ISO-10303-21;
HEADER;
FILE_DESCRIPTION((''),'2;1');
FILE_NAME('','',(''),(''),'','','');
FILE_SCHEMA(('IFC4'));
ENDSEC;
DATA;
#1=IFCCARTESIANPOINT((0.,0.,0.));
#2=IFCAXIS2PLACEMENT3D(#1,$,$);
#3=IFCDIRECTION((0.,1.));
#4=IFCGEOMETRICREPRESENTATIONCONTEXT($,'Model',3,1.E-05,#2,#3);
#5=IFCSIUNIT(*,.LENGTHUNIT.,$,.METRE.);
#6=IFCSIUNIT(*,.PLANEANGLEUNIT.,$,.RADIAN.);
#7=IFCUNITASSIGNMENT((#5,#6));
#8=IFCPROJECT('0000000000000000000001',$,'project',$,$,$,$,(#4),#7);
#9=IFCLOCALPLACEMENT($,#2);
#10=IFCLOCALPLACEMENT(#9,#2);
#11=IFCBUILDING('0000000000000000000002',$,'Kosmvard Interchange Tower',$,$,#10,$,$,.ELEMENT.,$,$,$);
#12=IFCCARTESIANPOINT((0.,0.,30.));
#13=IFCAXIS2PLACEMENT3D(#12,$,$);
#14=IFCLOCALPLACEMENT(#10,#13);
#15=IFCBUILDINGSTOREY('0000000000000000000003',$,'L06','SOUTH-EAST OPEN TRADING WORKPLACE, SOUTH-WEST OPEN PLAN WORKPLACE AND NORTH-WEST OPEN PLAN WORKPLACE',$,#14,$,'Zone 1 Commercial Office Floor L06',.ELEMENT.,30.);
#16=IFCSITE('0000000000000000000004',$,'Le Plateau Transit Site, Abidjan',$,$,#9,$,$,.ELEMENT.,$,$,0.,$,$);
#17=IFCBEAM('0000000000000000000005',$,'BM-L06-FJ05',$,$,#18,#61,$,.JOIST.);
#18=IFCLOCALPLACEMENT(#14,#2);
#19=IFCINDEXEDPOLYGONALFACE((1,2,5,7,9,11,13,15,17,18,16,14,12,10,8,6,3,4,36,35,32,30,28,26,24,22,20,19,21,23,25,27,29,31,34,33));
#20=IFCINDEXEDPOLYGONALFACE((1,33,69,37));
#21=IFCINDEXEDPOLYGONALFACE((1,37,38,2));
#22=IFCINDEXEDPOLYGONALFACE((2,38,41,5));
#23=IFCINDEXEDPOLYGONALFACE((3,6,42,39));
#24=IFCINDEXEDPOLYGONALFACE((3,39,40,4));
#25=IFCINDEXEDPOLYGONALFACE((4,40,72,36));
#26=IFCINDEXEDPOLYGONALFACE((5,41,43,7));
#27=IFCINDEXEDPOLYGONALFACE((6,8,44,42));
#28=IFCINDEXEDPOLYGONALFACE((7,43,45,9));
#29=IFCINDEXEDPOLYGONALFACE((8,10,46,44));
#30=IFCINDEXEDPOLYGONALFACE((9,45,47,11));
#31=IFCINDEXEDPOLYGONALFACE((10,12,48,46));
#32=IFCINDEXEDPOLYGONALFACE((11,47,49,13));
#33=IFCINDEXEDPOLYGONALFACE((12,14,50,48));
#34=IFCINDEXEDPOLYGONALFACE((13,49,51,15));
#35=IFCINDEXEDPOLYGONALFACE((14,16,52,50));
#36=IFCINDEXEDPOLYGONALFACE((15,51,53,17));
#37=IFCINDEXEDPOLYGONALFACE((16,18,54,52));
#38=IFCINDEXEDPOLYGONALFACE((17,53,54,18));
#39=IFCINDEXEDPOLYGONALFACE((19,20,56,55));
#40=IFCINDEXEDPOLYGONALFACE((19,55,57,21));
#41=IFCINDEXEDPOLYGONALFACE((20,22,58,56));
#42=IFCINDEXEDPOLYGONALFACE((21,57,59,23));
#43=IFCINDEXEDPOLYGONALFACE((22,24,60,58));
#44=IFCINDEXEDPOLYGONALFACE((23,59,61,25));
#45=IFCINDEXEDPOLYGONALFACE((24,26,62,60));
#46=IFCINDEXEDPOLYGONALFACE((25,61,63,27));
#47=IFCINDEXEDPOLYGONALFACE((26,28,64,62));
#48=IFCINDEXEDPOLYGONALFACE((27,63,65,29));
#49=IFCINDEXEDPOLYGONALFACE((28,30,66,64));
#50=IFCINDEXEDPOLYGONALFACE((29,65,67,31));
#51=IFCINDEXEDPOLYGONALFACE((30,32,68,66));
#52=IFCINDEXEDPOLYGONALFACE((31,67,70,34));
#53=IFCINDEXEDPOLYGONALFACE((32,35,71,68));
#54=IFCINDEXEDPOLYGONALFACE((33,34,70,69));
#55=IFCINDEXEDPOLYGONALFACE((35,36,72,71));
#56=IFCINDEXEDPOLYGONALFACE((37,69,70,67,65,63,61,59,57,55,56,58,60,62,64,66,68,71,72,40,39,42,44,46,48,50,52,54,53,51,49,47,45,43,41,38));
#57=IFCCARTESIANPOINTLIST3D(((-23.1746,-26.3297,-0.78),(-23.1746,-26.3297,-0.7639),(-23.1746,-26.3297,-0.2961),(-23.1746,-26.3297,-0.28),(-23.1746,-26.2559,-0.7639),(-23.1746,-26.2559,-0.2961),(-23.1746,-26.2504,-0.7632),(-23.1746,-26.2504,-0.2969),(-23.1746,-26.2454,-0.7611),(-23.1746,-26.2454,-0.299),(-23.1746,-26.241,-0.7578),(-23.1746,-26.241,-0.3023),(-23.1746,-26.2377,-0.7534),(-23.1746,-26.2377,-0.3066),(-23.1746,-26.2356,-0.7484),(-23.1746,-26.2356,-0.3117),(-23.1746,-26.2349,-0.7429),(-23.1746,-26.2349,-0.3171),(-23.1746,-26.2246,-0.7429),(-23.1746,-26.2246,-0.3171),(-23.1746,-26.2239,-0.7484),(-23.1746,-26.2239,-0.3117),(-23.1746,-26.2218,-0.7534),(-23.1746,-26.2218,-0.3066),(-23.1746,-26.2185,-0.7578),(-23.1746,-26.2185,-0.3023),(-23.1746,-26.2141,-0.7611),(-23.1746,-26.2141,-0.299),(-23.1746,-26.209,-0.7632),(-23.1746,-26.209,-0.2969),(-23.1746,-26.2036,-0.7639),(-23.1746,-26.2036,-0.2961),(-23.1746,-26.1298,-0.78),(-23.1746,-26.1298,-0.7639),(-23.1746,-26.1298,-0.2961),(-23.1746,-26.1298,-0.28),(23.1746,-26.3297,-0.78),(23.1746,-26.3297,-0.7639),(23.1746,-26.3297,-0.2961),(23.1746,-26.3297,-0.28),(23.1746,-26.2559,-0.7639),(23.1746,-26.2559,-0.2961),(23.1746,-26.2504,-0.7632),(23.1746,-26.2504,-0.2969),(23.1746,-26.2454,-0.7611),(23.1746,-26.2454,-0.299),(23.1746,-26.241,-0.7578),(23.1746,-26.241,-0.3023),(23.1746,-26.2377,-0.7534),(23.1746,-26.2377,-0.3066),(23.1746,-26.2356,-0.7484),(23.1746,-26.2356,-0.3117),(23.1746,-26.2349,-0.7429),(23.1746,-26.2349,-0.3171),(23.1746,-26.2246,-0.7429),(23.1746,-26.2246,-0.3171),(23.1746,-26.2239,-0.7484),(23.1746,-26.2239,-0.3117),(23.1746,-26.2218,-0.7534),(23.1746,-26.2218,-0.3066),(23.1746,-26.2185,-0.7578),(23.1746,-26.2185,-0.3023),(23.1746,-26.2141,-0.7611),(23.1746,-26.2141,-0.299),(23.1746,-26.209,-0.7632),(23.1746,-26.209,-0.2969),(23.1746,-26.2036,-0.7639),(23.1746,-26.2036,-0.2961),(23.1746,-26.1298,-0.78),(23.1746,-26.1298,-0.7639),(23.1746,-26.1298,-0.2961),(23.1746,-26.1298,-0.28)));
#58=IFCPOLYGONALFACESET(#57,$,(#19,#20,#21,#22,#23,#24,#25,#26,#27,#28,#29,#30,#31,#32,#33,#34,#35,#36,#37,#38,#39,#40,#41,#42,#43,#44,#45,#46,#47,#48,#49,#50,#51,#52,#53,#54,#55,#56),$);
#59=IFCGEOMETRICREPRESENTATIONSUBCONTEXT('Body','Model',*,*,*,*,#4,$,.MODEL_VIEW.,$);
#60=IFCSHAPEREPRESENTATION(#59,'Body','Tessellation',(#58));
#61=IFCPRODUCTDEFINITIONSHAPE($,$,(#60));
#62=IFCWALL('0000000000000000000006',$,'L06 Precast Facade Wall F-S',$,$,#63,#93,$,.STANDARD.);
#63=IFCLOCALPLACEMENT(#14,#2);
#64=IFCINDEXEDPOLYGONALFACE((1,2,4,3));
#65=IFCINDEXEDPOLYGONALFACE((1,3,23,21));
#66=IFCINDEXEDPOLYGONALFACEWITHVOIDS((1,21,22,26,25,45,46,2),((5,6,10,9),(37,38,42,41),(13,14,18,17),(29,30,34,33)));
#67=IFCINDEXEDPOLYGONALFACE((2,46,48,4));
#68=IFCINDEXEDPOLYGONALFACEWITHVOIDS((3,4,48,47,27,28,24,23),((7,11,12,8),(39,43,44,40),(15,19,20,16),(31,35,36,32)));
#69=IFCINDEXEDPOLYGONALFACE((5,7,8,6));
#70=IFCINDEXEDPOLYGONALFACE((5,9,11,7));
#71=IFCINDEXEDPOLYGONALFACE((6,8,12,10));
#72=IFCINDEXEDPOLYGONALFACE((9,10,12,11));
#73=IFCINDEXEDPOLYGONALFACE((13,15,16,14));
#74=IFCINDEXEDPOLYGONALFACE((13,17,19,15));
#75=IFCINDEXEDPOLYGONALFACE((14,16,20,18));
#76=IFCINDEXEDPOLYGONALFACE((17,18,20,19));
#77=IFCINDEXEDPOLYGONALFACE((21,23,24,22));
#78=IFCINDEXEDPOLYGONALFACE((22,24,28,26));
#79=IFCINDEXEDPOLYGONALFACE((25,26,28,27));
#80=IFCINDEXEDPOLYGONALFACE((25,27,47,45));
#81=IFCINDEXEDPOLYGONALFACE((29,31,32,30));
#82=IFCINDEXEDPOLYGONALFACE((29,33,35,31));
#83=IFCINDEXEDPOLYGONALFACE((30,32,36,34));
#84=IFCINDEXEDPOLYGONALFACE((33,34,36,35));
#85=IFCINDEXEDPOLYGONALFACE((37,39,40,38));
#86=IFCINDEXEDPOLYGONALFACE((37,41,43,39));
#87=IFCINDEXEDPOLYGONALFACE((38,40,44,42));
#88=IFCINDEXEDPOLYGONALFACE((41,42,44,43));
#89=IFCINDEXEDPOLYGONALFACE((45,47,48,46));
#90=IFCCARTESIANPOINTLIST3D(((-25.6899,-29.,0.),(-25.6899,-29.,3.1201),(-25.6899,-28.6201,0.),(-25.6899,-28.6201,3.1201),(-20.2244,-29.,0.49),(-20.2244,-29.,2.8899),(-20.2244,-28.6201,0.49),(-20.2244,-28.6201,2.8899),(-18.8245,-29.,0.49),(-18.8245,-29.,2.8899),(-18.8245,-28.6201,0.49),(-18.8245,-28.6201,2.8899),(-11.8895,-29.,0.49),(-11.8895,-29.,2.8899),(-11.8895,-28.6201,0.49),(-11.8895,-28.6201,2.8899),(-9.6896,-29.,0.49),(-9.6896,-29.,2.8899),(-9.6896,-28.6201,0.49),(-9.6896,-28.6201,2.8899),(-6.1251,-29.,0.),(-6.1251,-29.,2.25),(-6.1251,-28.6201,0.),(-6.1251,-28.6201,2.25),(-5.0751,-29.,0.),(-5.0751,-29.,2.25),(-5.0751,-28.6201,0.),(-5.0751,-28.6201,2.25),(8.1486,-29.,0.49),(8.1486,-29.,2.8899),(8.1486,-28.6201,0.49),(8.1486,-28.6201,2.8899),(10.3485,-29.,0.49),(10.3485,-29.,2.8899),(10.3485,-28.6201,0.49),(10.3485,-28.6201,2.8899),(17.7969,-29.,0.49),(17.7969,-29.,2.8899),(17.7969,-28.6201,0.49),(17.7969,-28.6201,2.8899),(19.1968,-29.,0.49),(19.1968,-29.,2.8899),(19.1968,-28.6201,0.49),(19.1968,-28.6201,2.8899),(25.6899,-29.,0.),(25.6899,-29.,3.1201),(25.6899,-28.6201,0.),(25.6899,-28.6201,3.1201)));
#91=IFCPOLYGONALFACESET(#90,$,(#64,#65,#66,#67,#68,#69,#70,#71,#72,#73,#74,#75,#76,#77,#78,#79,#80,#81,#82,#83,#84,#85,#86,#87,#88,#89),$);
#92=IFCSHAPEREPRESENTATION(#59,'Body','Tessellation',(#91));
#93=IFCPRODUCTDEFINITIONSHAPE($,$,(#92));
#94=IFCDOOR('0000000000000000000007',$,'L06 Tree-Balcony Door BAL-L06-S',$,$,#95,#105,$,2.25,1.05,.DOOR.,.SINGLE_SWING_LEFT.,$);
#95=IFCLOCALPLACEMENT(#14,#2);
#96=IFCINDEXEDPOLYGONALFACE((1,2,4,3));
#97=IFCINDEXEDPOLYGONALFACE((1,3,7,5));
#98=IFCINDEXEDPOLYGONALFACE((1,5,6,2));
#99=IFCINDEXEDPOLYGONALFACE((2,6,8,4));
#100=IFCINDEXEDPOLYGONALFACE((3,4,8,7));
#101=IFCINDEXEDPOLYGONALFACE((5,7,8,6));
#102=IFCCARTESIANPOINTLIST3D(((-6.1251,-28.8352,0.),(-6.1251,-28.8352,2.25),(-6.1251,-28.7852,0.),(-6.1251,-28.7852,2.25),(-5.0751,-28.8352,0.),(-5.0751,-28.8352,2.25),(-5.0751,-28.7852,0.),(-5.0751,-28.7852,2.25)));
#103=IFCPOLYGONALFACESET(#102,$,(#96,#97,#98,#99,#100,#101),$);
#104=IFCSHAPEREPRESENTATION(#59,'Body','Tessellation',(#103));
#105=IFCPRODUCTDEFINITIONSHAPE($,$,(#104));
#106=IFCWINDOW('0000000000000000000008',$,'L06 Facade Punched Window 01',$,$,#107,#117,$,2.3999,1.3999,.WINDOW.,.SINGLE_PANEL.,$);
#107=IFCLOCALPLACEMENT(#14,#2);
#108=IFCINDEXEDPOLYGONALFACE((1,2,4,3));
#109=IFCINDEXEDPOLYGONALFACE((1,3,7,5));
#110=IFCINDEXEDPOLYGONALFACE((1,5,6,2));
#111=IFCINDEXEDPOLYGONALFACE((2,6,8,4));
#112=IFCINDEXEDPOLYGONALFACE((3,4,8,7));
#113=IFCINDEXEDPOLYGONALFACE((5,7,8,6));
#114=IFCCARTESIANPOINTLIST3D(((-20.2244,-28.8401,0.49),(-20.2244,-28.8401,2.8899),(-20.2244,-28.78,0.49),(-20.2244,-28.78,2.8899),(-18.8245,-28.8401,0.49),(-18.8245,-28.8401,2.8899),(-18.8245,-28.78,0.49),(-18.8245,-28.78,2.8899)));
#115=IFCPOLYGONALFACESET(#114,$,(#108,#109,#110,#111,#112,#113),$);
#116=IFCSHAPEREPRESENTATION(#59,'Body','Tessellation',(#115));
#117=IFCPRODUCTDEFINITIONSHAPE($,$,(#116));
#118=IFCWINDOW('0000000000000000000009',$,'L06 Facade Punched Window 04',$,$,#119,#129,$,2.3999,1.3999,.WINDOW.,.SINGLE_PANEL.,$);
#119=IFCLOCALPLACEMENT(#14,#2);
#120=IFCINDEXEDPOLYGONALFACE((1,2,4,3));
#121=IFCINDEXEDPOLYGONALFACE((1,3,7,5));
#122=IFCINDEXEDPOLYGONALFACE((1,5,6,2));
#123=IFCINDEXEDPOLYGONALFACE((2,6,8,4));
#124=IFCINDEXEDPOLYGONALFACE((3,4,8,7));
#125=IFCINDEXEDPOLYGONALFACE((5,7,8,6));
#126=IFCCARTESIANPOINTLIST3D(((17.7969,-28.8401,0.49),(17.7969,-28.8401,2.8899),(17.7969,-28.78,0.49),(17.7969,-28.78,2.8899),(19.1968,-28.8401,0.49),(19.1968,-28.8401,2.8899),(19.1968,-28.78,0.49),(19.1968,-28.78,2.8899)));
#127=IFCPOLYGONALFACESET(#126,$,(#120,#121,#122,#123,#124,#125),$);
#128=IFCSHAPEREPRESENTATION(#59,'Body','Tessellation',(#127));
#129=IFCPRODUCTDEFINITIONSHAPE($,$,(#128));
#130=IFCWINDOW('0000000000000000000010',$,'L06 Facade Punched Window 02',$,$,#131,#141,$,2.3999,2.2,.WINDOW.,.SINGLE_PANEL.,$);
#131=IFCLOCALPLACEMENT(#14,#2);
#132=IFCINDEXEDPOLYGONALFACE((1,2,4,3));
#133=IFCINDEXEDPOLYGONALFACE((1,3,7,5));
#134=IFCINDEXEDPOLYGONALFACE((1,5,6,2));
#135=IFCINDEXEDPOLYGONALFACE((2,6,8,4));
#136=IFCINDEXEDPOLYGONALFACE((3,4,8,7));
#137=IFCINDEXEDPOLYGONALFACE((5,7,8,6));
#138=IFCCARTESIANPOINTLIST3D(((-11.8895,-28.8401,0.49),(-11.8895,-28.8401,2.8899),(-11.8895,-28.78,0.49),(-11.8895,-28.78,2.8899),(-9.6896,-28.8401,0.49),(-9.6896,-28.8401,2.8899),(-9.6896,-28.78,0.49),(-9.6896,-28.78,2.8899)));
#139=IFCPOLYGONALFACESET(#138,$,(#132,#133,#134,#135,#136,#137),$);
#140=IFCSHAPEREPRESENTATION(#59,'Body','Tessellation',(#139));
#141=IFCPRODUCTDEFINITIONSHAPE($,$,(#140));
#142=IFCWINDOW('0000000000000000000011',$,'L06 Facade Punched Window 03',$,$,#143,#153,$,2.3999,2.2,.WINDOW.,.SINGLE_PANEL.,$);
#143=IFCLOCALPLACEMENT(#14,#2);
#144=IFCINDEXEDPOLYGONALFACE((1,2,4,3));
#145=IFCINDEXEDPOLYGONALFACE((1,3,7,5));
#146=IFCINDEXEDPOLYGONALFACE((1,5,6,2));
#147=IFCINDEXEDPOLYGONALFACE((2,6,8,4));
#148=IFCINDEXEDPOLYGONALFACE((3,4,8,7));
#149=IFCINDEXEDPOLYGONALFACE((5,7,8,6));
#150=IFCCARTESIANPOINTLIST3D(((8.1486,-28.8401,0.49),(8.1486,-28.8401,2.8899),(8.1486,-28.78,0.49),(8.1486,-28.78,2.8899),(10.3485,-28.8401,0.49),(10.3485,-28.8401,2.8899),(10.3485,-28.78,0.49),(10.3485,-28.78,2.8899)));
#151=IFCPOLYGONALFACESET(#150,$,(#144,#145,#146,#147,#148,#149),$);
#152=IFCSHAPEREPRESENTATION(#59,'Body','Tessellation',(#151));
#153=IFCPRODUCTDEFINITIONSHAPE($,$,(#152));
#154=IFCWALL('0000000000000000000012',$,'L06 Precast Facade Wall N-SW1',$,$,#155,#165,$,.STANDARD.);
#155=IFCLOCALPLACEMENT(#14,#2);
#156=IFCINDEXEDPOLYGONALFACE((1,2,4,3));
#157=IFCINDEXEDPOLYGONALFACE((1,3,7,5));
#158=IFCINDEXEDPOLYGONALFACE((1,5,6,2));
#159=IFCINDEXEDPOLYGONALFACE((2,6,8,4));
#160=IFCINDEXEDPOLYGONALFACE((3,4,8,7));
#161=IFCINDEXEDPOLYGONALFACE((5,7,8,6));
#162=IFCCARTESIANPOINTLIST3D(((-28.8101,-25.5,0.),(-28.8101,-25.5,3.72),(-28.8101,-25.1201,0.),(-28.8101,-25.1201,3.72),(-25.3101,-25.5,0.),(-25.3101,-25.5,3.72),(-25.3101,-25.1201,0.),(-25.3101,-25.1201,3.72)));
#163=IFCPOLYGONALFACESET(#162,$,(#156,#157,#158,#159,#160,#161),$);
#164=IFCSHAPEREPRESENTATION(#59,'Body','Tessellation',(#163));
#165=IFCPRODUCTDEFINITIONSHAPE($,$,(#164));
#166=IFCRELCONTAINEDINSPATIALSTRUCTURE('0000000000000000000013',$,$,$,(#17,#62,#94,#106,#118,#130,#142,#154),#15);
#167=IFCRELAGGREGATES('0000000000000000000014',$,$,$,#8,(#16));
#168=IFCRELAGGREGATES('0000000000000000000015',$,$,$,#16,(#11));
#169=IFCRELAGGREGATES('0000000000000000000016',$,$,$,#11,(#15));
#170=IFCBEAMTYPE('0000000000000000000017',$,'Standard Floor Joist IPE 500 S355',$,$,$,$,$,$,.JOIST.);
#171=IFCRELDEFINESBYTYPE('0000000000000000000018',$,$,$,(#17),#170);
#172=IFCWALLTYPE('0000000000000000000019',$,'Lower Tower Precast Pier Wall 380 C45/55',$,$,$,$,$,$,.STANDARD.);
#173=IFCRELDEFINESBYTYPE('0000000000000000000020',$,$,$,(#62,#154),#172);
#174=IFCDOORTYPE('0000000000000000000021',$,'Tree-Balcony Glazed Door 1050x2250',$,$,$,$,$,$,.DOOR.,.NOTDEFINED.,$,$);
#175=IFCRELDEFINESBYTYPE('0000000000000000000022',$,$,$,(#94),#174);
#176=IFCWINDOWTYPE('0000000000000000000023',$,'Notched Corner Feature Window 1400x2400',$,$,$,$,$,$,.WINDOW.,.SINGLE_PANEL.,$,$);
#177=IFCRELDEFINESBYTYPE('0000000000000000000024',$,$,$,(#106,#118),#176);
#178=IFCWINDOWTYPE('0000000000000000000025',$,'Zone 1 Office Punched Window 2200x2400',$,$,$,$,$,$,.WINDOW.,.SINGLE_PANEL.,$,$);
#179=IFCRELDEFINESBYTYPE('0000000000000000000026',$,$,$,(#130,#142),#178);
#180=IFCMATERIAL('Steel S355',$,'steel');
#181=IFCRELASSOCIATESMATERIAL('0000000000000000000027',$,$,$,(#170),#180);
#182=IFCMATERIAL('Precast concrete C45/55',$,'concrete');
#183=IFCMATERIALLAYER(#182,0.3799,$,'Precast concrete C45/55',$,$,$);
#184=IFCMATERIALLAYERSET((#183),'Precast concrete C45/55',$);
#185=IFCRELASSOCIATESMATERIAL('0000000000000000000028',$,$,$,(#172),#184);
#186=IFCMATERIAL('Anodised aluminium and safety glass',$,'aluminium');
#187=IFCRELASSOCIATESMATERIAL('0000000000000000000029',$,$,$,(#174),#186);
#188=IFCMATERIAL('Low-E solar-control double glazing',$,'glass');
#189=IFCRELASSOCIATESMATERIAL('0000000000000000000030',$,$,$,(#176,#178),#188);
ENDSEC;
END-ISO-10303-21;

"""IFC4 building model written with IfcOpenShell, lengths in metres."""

from ifc_helpers import new_model, si_unit, direction, frame, frame_2d, origin, origin_2d, place, context, subcontext, project, spatial, rectangle, i_section, extrude, source, transform, mapped, material, layer, layer_set, material_profile, profile_set, type_object, element, fill, save


model = new_model("IFC4")

# Units and contexts
model_context = context("Model", 3, precision=1e-05, world=origin(), true_north=direction((0.0, 1.0)))
body_context = subcontext(model_context, "Body", "Model", "MODEL_VIEW")
ifc_project = project(units=[si_unit("LENGTHUNIT", "METRE"), si_unit("PLANEANGLEUNIT", "RADIAN")], contexts=[model_context])

# Site, building, storey
site_placement = place(None, origin())
site = spatial("IfcSite", under=ifc_project, at=site_placement, Name="Le Plateau Transit Site, Abidjan", CompositionType="ELEMENT", RefElevation=0.0)
building_placement = place(site_placement, origin())
building = spatial("IfcBuilding", under=site, at=building_placement, Name="Kosmvard Interchange Tower", CompositionType="ELEMENT")
storey_placement = place(building_placement, frame((0.0, 0.0, 30.0)))
storey = spatial("IfcBuildingStorey", under=building, at=storey_placement, Name="L06", Description="SOUTH-EAST OPEN TRADING WORKPLACE, SOUTH-WEST OPEN PLAN WORKPLACE AND NORTH-WEST OPEN PLAN WORKPLACE", LongName="Zone 1 Commercial Office Floor L06", CompositionType="ELEMENT", Elevation=30.0)

# Beam
ifc_material_1 = material(Name="Steel S355", Category="steel")
ifc_material_2 = material(Name="Precast concrete C45/55", Category="concrete")
ifc_material_profile_1 = material_profile(ifc_material_1, i_section(OverallWidth=0.2, OverallDepth=0.5, WebThickness=0.0103, FlangeThickness=0.0161, FilletRadius=0.021, at=origin_2d()), Name="IPE 500")
ifc_profile_set_1 = profile_set([ifc_material_profile_1], Name="Steel S355")
beam_type_1 = type_object("IfcBeamType", Name="Standard Floor Joist IPE 500 S355", PredefinedType="JOIST", material=ifc_profile_set_1)
shared_shape_1 = source(origin(), body_context, "Body", "SweptSolid", [
    extrude(i_section(OverallWidth=0.2, OverallDepth=0.5, WebThickness=0.0103, FlangeThickness=0.0161, FilletRadius=0.021, at=origin_2d()), origin(), (0.0, 0.0, 1.0), 46.3491),
])
beam_1_placement = place(storey_placement, frame((-23.1746, -26.2297, -0.53), z_axis=(1.0, 0.0, 0.0), x_axis=(0.0, 1.0, 0.0)))
element("IfcBeam", 1, at=beam_1_placement, inside=storey, type_object=beam_type_1, Name="BM-L06-FJ05", PredefinedType="JOIST", context=body_context, shape_type="MappedRepresentation", body=[
    mapped(shared_shape_1, transform((0.0, 0.0, 0.0), scale=1.0)),
])

# Wall, openings, door, windows
ifc_layer_1 = layer(ifc_material_2, 0.3799, Name="Precast concrete C45/55")
ifc_layer_set_1 = layer_set([ifc_layer_1], Name="Precast concrete C45/55")
wall_type_1 = type_object("IfcWallType", Name="Lower Tower Precast Pier Wall 380 C45/55", PredefinedType="STANDARD", material=ifc_layer_set_1)
wall_1_placement = place(storey_placement, frame((-25.6899, -28.8101, 0.0), z_axis=(0.0, 0.0, 1.0), x_axis=(1.0, 0.0, 0.0)))
wall_1 = element("IfcWall", 2, at=wall_1_placement, inside=storey, type_object=wall_type_1, Name="L06 Precast Facade Wall F-S", PredefinedType="STANDARD", context=body_context, shape_type="SweptSolid", body=[
    extrude(rectangle(XDim=51.3799, YDim=0.3799, at=frame_2d((25.6899, 0.0))), origin(), (0.0, 0.0, 1.0), 3.1201),
])
opening_1_placement = place(wall_1_placement, frame((19.5649, 0.0, 0.0)))
opening_1 = element("IfcOpeningElement", 3, at=opening_1_placement, cuts=wall_1, PredefinedType="OPENING", context=body_context, shape_type="SweptSolid", body=[
    extrude(rectangle(XDim=1.05, YDim=2.25, at=frame_2d((0.5249, 1.125))), frame((0.0, 0.2, 0.0), z_axis=(0.0, -1.0, 0.0), x_axis=(1.0, 0.0, 0.0)), (0.0, 0.0, 1.0), 0.3999),
])
opening_2_placement = place(wall_1_placement, frame((5.4656, 0.0, 0.49)))
opening_2 = element("IfcOpeningElement", 4, at=opening_2_placement, cuts=wall_1, PredefinedType="OPENING", context=body_context, shape_type="SweptSolid", body=[
    extrude(rectangle(XDim=1.3999, YDim=2.3999, at=frame_2d((0.7, 1.2))), frame((0.0, 0.2, 0.0), z_axis=(0.0, -1.0, 0.0), x_axis=(1.0, 0.0, 0.0)), (0.0, 0.0, 1.0), 0.3999),
])
opening_3_placement = place(wall_1_placement, frame((13.8003, 0.0, 0.49)))
opening_3 = element("IfcOpeningElement", 5, at=opening_3_placement, cuts=wall_1, PredefinedType="OPENING", context=body_context, shape_type="SweptSolid", body=[
    extrude(rectangle(XDim=2.2, YDim=2.3999, at=frame_2d((1.1001, 1.2))), frame((0.0, 0.2, 0.0), z_axis=(0.0, -1.0, 0.0), x_axis=(1.0, 0.0, 0.0)), (0.0, 0.0, 1.0), 0.3999),
])
opening_4_placement = place(wall_1_placement, frame((33.8384, 0.0, 0.49)))
opening_4 = element("IfcOpeningElement", 6, at=opening_4_placement, cuts=wall_1, PredefinedType="OPENING", context=body_context, shape_type="SweptSolid", body=[
    extrude(rectangle(XDim=2.2, YDim=2.3999, at=frame_2d((1.1001, 1.2))), frame((0.0, 0.2, 0.0), z_axis=(0.0, -1.0, 0.0), x_axis=(1.0, 0.0, 0.0)), (0.0, 0.0, 1.0), 0.3999),
])
opening_5_placement = place(wall_1_placement, frame((43.4868, 0.0, 0.49)))
opening_5 = element("IfcOpeningElement", 7, at=opening_5_placement, cuts=wall_1, PredefinedType="OPENING", context=body_context, shape_type="SweptSolid", body=[
    extrude(rectangle(XDim=1.3999, YDim=2.3999, at=frame_2d((0.7, 1.2))), frame((0.0, 0.2, 0.0), z_axis=(0.0, -1.0, 0.0), x_axis=(1.0, 0.0, 0.0)), (0.0, 0.0, 1.0), 0.3999),
])
ifc_material_3 = material(Name="Anodised aluminium and safety glass", Category="aluminium")
door_type = type_object("IfcDoorType", Name="Tree-Balcony Glazed Door 1050x2250", OperationType="NOTDEFINED", PredefinedType="DOOR", material=ifc_material_3)
shared_shape_2 = source(origin(), body_context, "Body", "SweptSolid", [
    extrude(rectangle(XDim=1.05, YDim=2.25, at=frame_2d((0.5249, 1.125))), frame((0.0, 0.0249, 0.0), z_axis=(0.0, -1.0, 0.0), x_axis=(1.0, 0.0, 0.0)), (0.0, 0.0, 1.0), 0.05),
])
door_placement = place(opening_1_placement, origin())
door = element("IfcDoor", 8, at=door_placement, inside=storey, type_object=door_type, Name="L06 Tree-Balcony Door BAL-L06-S", OperationType="SINGLE_SWING_LEFT", OverallHeight=2.25, OverallWidth=1.05, PredefinedType="DOOR", context=body_context, shape_type="MappedRepresentation", body=[
    mapped(shared_shape_2, transform((0.0, 0.0, 0.0), scale=1.0)),
])
fill(opening_1, door)
ifc_material_4 = material(Name="Low-E solar-control double glazing", Category="glass")
window_type_1 = type_object("IfcWindowType", Name="Notched Corner Feature Window 1400x2400", PartitioningType="SINGLE_PANEL", PredefinedType="WINDOW", material=ifc_material_4)
shared_shape_3 = source(origin(), body_context, "Body", "SweptSolid", [
    extrude(rectangle(XDim=1.3999, YDim=2.3999, at=frame_2d((0.7, 1.2))), frame((0.0, 0.03, 0.0), z_axis=(0.0, -1.0, 0.0), x_axis=(1.0, 0.0, 0.0)), (0.0, 0.0, 1.0), 0.0601),
])
window_1_placement = place(opening_2_placement, origin())
window_1 = element("IfcWindow", 9, at=window_1_placement, inside=storey, type_object=window_type_1, Name="L06 Facade Punched Window 01", OverallHeight=2.3999, OverallWidth=1.3999, PartitioningType="SINGLE_PANEL", PredefinedType="WINDOW", context=body_context, shape_type="MappedRepresentation", body=[
    mapped(shared_shape_3, transform((0.0, 0.0, 0.0), scale=1.0)),
])
fill(opening_2, window_1)
window_2_placement = place(opening_5_placement, origin())
window_2 = element("IfcWindow", 10, at=window_2_placement, inside=storey, type_object=window_type_1, Name="L06 Facade Punched Window 04", OverallHeight=2.3999, OverallWidth=1.3999, PartitioningType="SINGLE_PANEL", PredefinedType="WINDOW", context=body_context, shape_type="MappedRepresentation", body=[
    mapped(shared_shape_3, transform((0.0, 0.0, 0.0), scale=1.0)),
])
fill(opening_5, window_2)
window_type_2 = type_object("IfcWindowType", Name="Zone 1 Office Punched Window 2200x2400", PartitioningType="SINGLE_PANEL", PredefinedType="WINDOW", material=ifc_material_4)
shared_shape_4 = source(origin(), body_context, "Body", "SweptSolid", [
    extrude(rectangle(XDim=2.2, YDim=2.3999, at=frame_2d((1.1001, 1.2))), frame((0.0, 0.03, 0.0), z_axis=(0.0, -1.0, 0.0), x_axis=(1.0, 0.0, 0.0)), (0.0, 0.0, 1.0), 0.0601),
])
window_3_placement = place(opening_3_placement, origin())
window_3 = element("IfcWindow", 11, at=window_3_placement, inside=storey, type_object=window_type_2, Name="L06 Facade Punched Window 02", OverallHeight=2.3999, OverallWidth=2.2, PartitioningType="SINGLE_PANEL", PredefinedType="WINDOW", context=body_context, shape_type="MappedRepresentation", body=[
    mapped(shared_shape_4, transform((0.0, 0.0, 0.0), scale=1.0)),
])
fill(opening_3, window_3)
window_4_placement = place(opening_4_placement, origin())
window_4 = element("IfcWindow", 12, at=window_4_placement, inside=storey, type_object=window_type_2, Name="L06 Facade Punched Window 03", OverallHeight=2.3999, OverallWidth=2.2, PartitioningType="SINGLE_PANEL", PredefinedType="WINDOW", context=body_context, shape_type="MappedRepresentation", body=[
    mapped(shared_shape_4, transform((0.0, 0.0, 0.0), scale=1.0)),
])
fill(opening_4, window_4)

# Wall
wall_2_placement = place(storey_placement, frame((-28.8101, -25.3101, 0.0), z_axis=(0.0, 0.0, 1.0), x_axis=(1.0, 0.0, 0.0)))
element("IfcWall", 13, at=wall_2_placement, inside=storey, type_object=wall_type_1, Name="L06 Precast Facade Wall N-SW1", PredefinedType="STANDARD", context=body_context, shape_type="SweptSolid", body=[
    extrude(rectangle(XDim=3.5, YDim=0.3799, at=frame_2d((1.75, 0.0))), origin(), (0.0, 0.0, 1.0), 3.72),
])

save(model, "model.ifc")
